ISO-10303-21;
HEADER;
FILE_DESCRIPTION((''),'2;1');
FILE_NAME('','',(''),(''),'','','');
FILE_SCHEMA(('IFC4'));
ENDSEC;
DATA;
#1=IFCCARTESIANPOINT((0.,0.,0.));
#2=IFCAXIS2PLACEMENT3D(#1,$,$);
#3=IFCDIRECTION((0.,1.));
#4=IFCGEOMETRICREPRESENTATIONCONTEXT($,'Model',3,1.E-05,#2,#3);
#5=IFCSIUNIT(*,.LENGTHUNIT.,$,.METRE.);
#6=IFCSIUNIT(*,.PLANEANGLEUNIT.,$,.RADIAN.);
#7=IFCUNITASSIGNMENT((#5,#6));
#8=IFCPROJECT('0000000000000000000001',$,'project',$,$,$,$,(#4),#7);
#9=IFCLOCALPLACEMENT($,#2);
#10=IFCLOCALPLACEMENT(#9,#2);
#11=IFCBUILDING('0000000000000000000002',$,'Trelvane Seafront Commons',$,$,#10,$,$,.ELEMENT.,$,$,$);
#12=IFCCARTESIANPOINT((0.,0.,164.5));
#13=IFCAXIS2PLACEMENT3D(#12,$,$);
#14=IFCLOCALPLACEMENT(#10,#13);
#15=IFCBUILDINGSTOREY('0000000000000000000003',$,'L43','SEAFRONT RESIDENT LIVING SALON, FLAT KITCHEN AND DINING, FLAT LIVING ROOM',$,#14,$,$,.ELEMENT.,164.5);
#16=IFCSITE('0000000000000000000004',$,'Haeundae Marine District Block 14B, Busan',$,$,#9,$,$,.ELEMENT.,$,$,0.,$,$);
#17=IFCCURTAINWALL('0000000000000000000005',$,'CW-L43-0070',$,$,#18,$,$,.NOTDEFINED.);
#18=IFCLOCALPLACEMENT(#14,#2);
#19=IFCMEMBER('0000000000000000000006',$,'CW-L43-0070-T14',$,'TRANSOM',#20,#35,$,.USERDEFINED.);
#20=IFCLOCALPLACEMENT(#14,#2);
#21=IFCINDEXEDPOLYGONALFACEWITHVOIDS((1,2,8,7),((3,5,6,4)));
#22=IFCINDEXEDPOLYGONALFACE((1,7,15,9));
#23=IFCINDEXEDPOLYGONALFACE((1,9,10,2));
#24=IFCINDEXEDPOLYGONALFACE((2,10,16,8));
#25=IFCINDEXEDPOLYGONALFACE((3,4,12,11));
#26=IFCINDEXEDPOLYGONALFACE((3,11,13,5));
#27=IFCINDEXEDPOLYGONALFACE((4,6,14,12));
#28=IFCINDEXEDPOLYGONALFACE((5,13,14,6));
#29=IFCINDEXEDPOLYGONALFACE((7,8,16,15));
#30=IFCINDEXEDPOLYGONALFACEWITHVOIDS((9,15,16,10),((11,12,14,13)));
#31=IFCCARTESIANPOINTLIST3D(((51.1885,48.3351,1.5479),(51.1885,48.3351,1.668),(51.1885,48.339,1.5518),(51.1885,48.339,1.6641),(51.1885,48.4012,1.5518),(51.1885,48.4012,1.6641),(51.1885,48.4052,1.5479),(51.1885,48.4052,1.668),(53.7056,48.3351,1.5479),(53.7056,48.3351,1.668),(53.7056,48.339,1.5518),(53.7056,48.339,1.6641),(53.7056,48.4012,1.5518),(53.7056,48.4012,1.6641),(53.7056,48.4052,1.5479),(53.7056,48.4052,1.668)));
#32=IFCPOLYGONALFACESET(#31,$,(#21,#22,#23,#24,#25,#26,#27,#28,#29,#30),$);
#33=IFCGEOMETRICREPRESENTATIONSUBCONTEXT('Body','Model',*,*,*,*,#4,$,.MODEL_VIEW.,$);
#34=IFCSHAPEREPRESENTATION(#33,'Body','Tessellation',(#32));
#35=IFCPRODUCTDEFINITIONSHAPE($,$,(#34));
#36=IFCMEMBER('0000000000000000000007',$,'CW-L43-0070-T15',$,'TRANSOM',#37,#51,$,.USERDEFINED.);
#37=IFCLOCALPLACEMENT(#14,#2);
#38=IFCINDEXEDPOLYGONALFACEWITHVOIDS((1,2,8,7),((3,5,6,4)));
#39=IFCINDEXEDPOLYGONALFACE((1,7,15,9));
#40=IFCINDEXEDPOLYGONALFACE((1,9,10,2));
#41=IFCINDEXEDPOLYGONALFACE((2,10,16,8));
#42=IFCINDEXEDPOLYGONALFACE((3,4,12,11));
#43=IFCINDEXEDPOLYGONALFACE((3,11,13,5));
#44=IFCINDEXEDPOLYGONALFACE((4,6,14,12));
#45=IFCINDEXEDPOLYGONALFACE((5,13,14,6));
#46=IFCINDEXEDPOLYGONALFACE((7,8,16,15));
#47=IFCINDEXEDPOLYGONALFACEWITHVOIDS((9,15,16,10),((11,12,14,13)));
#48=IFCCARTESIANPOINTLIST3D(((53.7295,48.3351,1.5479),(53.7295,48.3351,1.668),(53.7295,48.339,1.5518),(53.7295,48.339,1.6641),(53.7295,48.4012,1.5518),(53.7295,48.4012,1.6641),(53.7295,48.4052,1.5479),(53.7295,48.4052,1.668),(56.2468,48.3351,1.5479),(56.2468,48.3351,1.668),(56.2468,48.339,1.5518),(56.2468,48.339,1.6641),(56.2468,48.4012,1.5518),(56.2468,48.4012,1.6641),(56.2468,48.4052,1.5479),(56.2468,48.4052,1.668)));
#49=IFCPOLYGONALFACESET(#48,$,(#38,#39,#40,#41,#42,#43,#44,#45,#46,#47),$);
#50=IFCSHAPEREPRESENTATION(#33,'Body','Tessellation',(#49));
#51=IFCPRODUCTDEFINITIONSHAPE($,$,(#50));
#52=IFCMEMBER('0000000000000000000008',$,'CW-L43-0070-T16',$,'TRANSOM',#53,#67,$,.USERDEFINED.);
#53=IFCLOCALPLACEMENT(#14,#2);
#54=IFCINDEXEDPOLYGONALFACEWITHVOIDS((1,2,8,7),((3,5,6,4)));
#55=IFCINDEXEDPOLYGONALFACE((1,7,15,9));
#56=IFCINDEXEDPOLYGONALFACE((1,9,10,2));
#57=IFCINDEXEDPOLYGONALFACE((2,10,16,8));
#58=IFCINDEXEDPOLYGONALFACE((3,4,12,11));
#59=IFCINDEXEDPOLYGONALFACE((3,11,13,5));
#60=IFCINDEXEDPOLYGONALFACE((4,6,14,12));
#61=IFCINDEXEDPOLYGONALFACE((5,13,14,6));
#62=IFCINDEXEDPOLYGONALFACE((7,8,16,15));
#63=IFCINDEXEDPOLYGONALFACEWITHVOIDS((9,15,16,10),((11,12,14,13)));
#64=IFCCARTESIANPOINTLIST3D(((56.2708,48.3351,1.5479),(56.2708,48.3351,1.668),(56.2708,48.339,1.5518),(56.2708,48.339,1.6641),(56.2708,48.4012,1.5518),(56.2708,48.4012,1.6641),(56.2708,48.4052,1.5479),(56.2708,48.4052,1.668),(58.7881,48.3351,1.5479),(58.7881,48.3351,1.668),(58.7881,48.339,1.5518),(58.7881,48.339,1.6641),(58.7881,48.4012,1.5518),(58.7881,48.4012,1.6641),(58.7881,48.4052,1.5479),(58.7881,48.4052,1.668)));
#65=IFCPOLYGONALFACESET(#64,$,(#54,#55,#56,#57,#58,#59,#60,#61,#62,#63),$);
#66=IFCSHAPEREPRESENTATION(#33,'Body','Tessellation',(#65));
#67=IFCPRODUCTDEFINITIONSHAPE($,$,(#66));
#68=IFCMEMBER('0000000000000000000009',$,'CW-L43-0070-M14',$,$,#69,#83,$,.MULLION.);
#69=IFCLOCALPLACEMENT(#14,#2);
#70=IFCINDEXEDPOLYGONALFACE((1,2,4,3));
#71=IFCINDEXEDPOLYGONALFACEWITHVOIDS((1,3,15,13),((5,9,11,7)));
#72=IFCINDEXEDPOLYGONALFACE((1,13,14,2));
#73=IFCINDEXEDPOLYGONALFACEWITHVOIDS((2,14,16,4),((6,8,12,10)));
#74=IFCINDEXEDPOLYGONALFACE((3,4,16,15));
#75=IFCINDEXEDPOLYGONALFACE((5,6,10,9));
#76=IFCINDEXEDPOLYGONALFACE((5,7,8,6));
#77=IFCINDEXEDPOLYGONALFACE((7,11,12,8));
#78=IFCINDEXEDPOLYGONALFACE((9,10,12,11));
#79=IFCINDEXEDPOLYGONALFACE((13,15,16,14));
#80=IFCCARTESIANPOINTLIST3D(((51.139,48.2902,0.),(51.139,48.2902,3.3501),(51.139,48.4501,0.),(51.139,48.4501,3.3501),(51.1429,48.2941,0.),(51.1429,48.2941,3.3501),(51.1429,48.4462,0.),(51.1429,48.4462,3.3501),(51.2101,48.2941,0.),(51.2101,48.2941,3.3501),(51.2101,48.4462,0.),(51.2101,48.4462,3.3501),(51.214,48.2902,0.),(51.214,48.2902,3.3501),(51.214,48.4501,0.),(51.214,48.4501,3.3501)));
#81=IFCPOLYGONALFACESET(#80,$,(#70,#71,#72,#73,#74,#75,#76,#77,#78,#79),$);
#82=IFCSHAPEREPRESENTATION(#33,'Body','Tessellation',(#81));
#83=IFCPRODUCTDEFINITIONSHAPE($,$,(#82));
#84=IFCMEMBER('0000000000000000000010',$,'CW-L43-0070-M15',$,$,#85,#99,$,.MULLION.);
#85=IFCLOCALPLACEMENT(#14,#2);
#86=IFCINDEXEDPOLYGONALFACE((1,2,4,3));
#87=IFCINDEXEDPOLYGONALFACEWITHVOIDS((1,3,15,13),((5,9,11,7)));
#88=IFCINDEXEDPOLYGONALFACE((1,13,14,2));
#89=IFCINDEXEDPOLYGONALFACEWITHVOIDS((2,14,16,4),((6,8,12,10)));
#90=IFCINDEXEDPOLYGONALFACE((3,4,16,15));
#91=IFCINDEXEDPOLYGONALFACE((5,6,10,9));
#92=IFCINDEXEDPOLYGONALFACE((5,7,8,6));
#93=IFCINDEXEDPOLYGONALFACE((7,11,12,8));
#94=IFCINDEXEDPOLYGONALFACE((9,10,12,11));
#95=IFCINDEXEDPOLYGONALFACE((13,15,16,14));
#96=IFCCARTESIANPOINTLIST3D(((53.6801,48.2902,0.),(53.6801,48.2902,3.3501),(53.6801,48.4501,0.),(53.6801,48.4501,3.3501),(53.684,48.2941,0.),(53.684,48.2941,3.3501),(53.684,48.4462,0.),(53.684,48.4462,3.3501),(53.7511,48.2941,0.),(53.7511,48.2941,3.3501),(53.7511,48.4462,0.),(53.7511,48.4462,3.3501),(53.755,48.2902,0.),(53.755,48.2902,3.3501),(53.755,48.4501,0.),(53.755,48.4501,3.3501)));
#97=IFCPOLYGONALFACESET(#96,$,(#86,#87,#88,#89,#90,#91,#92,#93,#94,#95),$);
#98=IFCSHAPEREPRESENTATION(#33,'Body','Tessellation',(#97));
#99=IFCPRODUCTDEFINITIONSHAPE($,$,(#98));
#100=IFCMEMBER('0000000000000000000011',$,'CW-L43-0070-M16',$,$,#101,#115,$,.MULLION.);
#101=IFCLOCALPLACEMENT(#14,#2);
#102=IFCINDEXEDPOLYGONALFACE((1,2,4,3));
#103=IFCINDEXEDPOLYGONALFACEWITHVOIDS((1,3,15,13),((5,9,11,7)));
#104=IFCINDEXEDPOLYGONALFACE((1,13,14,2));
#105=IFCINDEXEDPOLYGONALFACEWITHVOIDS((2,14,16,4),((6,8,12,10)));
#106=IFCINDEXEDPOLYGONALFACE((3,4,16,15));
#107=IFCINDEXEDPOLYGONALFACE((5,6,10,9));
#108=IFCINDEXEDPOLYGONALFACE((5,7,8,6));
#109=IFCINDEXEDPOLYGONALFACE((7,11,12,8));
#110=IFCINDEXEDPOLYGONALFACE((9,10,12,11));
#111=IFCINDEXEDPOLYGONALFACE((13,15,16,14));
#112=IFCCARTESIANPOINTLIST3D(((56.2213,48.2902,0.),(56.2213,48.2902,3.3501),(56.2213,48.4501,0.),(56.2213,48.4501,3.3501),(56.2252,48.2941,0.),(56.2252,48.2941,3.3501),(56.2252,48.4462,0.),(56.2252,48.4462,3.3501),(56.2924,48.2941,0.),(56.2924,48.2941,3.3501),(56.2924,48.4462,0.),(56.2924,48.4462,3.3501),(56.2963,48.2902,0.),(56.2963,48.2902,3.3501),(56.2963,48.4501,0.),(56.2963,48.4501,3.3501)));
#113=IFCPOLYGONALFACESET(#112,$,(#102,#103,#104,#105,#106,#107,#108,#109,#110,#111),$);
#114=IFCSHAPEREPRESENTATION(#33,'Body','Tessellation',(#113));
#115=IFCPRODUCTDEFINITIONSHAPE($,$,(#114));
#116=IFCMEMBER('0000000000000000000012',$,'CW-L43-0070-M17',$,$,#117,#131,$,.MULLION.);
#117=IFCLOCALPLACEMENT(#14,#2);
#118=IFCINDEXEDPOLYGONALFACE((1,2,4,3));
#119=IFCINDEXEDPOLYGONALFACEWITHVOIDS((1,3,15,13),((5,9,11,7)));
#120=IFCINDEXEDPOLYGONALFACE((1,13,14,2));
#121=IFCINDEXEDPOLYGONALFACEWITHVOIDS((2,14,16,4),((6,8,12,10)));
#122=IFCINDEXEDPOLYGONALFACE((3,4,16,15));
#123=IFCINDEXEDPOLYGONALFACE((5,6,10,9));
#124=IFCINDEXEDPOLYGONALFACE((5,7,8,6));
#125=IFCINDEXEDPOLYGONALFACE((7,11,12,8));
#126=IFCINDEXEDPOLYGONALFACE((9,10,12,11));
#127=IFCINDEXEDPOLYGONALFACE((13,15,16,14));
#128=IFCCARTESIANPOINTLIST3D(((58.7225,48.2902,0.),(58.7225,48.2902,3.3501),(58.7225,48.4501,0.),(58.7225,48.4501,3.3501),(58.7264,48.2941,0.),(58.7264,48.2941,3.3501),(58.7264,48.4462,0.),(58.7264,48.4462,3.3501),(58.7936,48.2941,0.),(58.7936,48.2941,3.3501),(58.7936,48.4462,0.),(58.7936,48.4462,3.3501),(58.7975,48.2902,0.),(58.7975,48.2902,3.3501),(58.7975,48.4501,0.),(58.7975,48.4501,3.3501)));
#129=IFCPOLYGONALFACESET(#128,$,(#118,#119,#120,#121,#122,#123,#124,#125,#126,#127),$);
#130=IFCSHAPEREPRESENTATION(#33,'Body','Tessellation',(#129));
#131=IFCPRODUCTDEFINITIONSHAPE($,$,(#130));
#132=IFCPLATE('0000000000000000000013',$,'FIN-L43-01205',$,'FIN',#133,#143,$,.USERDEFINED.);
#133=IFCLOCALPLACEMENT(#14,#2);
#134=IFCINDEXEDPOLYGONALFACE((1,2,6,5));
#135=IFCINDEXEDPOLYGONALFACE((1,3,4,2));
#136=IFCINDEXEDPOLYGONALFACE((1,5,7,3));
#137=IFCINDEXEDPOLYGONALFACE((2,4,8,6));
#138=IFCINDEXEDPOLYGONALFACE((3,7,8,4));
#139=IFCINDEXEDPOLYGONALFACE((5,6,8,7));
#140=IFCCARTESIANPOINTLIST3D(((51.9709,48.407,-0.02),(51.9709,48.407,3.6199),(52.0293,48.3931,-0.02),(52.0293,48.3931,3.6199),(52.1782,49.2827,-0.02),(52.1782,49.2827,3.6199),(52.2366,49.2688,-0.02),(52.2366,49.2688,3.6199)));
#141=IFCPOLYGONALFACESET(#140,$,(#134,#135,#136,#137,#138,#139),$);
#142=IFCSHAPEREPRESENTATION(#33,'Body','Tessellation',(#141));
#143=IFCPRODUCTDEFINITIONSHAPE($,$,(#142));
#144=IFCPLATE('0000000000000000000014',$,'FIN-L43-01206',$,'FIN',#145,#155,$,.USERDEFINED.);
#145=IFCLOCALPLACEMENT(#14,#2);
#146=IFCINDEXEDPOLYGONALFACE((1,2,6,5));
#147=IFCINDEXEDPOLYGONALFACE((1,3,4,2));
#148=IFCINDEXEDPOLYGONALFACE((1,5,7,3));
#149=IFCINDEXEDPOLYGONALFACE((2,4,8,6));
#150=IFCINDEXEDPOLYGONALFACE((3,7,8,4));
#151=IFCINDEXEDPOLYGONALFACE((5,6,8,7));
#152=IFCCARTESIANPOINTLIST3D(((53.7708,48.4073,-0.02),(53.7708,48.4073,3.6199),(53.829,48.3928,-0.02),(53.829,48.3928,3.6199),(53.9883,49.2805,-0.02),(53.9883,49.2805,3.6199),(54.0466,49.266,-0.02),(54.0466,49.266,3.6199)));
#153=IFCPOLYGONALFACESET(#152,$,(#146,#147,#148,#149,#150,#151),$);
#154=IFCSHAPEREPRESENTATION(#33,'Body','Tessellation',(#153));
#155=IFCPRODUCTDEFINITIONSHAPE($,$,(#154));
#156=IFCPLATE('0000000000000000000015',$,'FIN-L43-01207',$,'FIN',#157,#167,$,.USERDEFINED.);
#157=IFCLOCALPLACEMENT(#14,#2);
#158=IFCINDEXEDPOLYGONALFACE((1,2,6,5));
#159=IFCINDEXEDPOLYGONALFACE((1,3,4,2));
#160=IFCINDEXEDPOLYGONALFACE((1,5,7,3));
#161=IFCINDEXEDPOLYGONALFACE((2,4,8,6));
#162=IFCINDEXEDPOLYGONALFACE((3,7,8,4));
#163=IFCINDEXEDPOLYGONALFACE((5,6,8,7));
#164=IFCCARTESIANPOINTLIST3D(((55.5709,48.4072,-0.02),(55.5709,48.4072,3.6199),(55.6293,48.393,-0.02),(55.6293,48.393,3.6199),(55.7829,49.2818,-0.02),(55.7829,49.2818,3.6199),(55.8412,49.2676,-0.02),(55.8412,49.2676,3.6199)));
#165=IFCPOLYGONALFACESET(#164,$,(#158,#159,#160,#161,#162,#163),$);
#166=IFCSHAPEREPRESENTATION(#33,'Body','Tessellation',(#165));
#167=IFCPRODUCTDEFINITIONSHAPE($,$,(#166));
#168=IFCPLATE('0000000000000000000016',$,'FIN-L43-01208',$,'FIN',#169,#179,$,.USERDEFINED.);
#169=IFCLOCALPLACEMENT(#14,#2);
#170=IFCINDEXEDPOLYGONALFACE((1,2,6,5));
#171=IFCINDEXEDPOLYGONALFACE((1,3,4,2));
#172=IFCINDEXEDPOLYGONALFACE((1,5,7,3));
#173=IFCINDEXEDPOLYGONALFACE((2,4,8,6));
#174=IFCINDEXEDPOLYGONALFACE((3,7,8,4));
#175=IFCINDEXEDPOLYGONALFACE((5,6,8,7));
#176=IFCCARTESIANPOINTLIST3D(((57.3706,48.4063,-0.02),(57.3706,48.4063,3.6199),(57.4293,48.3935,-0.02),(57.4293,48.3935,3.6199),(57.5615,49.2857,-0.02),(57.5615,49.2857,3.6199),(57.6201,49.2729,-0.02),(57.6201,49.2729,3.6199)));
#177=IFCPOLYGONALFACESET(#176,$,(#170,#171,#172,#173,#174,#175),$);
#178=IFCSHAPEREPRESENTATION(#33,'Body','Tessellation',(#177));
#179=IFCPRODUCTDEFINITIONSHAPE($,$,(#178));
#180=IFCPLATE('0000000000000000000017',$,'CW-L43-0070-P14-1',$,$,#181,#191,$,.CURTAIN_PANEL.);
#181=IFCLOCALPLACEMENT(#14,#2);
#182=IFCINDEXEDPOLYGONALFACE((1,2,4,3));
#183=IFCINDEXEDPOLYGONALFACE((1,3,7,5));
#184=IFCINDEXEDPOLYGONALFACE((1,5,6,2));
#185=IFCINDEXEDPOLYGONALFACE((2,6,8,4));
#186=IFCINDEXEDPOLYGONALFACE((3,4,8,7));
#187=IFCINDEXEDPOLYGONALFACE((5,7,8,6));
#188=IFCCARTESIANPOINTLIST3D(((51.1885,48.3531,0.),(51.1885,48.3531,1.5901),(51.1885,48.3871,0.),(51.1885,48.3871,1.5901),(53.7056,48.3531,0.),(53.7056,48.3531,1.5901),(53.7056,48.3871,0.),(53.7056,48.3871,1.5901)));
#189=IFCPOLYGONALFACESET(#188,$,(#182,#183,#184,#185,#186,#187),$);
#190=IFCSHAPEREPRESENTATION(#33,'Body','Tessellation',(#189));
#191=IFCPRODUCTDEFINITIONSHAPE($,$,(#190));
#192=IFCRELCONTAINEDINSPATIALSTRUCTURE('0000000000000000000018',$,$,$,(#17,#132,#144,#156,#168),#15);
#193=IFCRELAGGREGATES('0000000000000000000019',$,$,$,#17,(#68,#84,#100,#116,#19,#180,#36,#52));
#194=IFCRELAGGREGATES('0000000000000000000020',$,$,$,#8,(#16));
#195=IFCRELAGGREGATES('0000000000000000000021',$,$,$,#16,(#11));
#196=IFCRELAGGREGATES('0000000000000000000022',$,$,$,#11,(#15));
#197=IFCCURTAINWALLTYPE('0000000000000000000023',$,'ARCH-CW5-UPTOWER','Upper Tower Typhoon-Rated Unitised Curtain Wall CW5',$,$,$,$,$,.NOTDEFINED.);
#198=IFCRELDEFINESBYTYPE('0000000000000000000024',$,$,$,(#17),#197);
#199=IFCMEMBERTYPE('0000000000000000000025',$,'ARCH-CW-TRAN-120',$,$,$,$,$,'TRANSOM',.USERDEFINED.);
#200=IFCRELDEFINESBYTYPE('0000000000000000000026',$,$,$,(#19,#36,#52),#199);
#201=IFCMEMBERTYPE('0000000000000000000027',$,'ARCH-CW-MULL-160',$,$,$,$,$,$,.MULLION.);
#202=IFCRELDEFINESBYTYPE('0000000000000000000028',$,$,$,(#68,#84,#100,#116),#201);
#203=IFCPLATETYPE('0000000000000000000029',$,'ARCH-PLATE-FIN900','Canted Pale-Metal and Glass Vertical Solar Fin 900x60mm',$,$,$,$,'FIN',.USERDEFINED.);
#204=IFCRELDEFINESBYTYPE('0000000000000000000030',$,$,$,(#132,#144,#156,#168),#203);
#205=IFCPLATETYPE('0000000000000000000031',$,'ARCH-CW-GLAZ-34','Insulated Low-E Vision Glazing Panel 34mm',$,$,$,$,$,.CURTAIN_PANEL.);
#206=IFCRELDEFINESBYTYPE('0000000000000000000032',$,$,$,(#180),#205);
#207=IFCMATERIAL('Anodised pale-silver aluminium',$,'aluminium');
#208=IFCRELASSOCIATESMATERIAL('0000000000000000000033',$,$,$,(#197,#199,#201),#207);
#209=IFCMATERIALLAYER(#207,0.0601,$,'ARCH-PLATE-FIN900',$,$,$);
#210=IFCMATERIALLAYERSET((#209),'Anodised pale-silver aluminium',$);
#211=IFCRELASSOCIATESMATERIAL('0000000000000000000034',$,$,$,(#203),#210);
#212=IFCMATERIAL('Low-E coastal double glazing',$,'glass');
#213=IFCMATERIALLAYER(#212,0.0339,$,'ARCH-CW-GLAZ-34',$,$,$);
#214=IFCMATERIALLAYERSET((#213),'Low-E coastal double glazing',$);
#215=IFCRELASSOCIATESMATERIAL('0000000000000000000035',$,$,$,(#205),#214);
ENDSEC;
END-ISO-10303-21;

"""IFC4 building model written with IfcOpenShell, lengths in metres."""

from ifc_helpers import new_model, si_unit, direction, frame, origin, origin_2d, place, context, subcontext, project, spatial, rectangle, hollow_rectangle, extrude, source, transform, mapped, material, layer, layer_set, material_profile, profile_set, type_object, element, aggregate, save


model = new_model("IFC4")

# Units and contexts
model_context = context("Model", 3, precision=1e-05, world=origin(), true_north=direction((0.0, 1.0)))
body_context = subcontext(model_context, "Body", "Model", "MODEL_VIEW")
ifc_project = project(units=[si_unit("LENGTHUNIT", "METRE"), si_unit("PLANEANGLEUNIT", "RADIAN")], contexts=[model_context])

# Site, building, storey
site_placement = place(None, origin())
site = spatial("IfcSite", under=ifc_project, at=site_placement, Name="Haeundae Marine District Block 14B, Busan", CompositionType="ELEMENT", RefElevation=0.0)
building_placement = place(site_placement, origin())
building = spatial("IfcBuilding", under=site, at=building_placement, Name="Trelvane Seafront Commons", CompositionType="ELEMENT")
storey_placement = place(building_placement, frame((0.0, 0.0, 164.5)))
storey = spatial("IfcBuildingStorey", under=building, at=storey_placement, Name="L43", Description="SEAFRONT RESIDENT LIVING SALON, FLAT KITCHEN AND DINING, FLAT LIVING ROOM", CompositionType="ELEMENT", Elevation=164.5)

# Curtain wall, members
ifc_material_1 = material(Name="Anodised pale-silver aluminium", Category="aluminium")
curtain_wall_type = type_object("IfcCurtainWallType", Name="ARCH-CW5-UPTOWER", Description="Upper Tower Typhoon-Rated Unitised Curtain Wall CW5", PredefinedType="NOTDEFINED", material=ifc_material_1)
curtain_wall_placement = place(storey_placement, origin())
curtain_wall = element("IfcCurtainWall", 1, at=curtain_wall_placement, inside=storey, type_object=curtain_wall_type, Name="CW-L43-0070", PredefinedType="NOTDEFINED")
ifc_material_profile_1 = material_profile(ifc_material_1, hollow_rectangle(XDim=0.0701, YDim=0.1201, WallThickness=0.0039, at=origin_2d()), Name="TRAN-70x120x4")
ifc_profile_set_1 = profile_set([ifc_material_profile_1], Name="Anodised pale-silver aluminium")
member_type_1 = type_object("IfcMemberType", Name="ARCH-CW-TRAN-120", ElementType="TRANSOM", PredefinedType="USERDEFINED", material=ifc_profile_set_1)
shared_shape_1 = source(origin(), body_context, "Body", "SweptSolid", [
    extrude(hollow_rectangle(XDim=0.0701, YDim=0.1201, WallThickness=0.0039, at=origin_2d()), origin(), (0.0, 0.0, 1.0), 2.5171),
])
member_1_placement = place(storey_placement, frame((51.1885, 48.3701, 1.6079), z_axis=(1.0, 0.0, 0.0), x_axis=(0.0, 1.0, 0.0)))
member_1 = element("IfcMember", 2, at=member_1_placement, type_object=member_type_1, Name="CW-L43-0070-T14", ObjectType="TRANSOM", PredefinedType="USERDEFINED", context=body_context, shape_type="MappedRepresentation", body=[
    mapped(shared_shape_1, transform((0.0, 0.0, 0.0), x_axis=(1.0, 0.0, 0.0), y_axis=(0.0, 1.0, 0.0), z_axis=(0.0, 0.0, 1.0), scale=1.0)),
])
shared_shape_2 = source(origin(), body_context, "Body", "SweptSolid", [
    extrude(hollow_rectangle(XDim=0.0701, YDim=0.1201, WallThickness=0.0039, at=origin_2d()), origin(), (0.0, 0.0, 1.0), 2.5173),
])
member_2_placement = place(storey_placement, frame((53.7295, 48.3701, 1.6079), z_axis=(1.0, 0.0, 0.0), x_axis=(0.0, 1.0, 0.0)))
member_2 = element("IfcMember", 3, at=member_2_placement, type_object=member_type_1, Name="CW-L43-0070-T15", ObjectType="TRANSOM", PredefinedType="USERDEFINED", context=body_context, shape_type="MappedRepresentation", body=[
    mapped(shared_shape_2, transform((0.0, 0.0, 0.0), x_axis=(1.0, 0.0, 0.0), y_axis=(0.0, 1.0, 0.0), z_axis=(0.0, 0.0, 1.0), scale=1.0)),
])
member_3_placement = place(storey_placement, frame((56.2708, 48.3701, 1.6079), z_axis=(1.0, 0.0, 0.0), x_axis=(0.0, 1.0, 0.0)))
member_3 = element("IfcMember", 4, at=member_3_placement, type_object=member_type_1, Name="CW-L43-0070-T16", ObjectType="TRANSOM", PredefinedType="USERDEFINED", context=body_context, shape_type="MappedRepresentation", body=[
    mapped(shared_shape_2, transform((0.0, 0.0, 0.0), x_axis=(1.0, 0.0, 0.0), y_axis=(0.0, 1.0, 0.0), z_axis=(0.0, 0.0, 1.0), scale=1.0)),
])
ifc_material_profile_2 = material_profile(ifc_material_1, hollow_rectangle(XDim=0.075, YDim=0.1599, WallThickness=0.0039, at=origin_2d()), Name="MULL-75x160x4")
ifc_profile_set_2 = profile_set([ifc_material_profile_2], Name="Anodised pale-silver aluminium")
member_type_2 = type_object("IfcMemberType", Name="ARCH-CW-MULL-160", PredefinedType="MULLION", material=ifc_profile_set_2)
shared_shape_3 = source(origin(), body_context, "Body", "SweptSolid", [
    extrude(hollow_rectangle(XDim=0.075, YDim=0.1599, WallThickness=0.0039, at=origin_2d()), origin(), (0.0, 0.0, 1.0), 3.3501),
])
member_4_placement = place(storey_placement, frame((51.1765, 48.3701, 0.0), z_axis=(0.0, 0.0, 1.0), x_axis=(1.0, 0.0, 0.0)))
member_4 = element("IfcMember", 5, at=member_4_placement, type_object=member_type_2, Name="CW-L43-0070-M14", PredefinedType="MULLION", context=body_context, shape_type="MappedRepresentation", body=[
    mapped(shared_shape_3, transform((0.0, 0.0, 0.0), x_axis=(1.0, 0.0, 0.0), y_axis=(0.0, 1.0, 0.0), z_axis=(0.0, 0.0, 1.0), scale=1.0)),
])
member_5_placement = place(storey_placement, frame((53.7175, 48.3701, 0.0), z_axis=(0.0, 0.0, 1.0), x_axis=(1.0, 0.0, 0.0)))
member_5 = element("IfcMember", 6, at=member_5_placement, type_object=member_type_2, Name="CW-L43-0070-M15", PredefinedType="MULLION", context=body_context, shape_type="MappedRepresentation", body=[
    mapped(shared_shape_3, transform((0.0, 0.0, 0.0), x_axis=(1.0, 0.0, 0.0), y_axis=(0.0, 1.0, 0.0), z_axis=(0.0, 0.0, 1.0), scale=1.0)),
])
member_6_placement = place(storey_placement, frame((56.2588, 48.3701, 0.0), z_axis=(0.0, 0.0, 1.0), x_axis=(1.0, 0.0, 0.0)))
member_6 = element("IfcMember", 7, at=member_6_placement, type_object=member_type_2, Name="CW-L43-0070-M16", PredefinedType="MULLION", context=body_context, shape_type="MappedRepresentation", body=[
    mapped(shared_shape_3, transform((0.0, 0.0, 0.0), x_axis=(1.0, 0.0, 0.0), y_axis=(0.0, 1.0, 0.0), z_axis=(0.0, 0.0, 1.0), scale=1.0)),
])
member_7_placement = place(storey_placement, frame((58.76, 48.3701, 0.0), z_axis=(0.0, 0.0, 1.0), x_axis=(1.0, 0.0, 0.0)))
member_7 = element("IfcMember", 8, at=member_7_placement, type_object=member_type_2, Name="CW-L43-0070-M17", PredefinedType="MULLION", context=body_context, shape_type="MappedRepresentation", body=[
    mapped(shared_shape_3, transform((0.0, 0.0, 0.0), x_axis=(1.0, 0.0, 0.0), y_axis=(0.0, 1.0, 0.0), z_axis=(0.0, 0.0, 1.0), scale=1.0)),
])

# Plates
ifc_layer_1 = layer(ifc_material_1, 0.0601, Name="ARCH-PLATE-FIN900")
ifc_layer_set_1 = layer_set([ifc_layer_1], Name="Anodised pale-silver aluminium")
plate_type_1 = type_object("IfcPlateType", Name="ARCH-PLATE-FIN900", Description="Canted Pale-Metal and Glass Vertical Solar Fin 900x60mm", ElementType="FIN", PredefinedType="USERDEFINED", material=ifc_layer_set_1)
shared_shape_4 = source(origin(), body_context, "Body", "SweptSolid", [
    extrude(rectangle(XDim=0.8999, YDim=0.0601, at=origin_2d()), origin(), (0.0, 0.0, 1.0), 3.6399),
])
for number, where, z_axis, x_axis, name in (
    (9, (52.1038, 48.8379, -0.02), (0.0, 0.0, 1.0), (0.230333, 0.973112, 0.0), "FIN-L43-01205"),
    (10, (53.9087, 48.8367, -0.02), (0.0, 0.0, 1.0), (0.241778, 0.970332, 0.0), "FIN-L43-01206"),
    (11, (55.7061, 48.8374, -0.02), (0.0, 0.0, 1.0), (0.235549, 0.971862, 0.0), "FIN-L43-01207"),
    (12, (57.4954, 48.8396, -0.02), (0.0, 0.0, 1.0), (0.212116, 0.977244, 0.0), "FIN-L43-01208"),
):
    element("IfcPlate", number, at=place(storey_placement, frame(where, z_axis=z_axis, x_axis=x_axis)), inside=storey, type_object=plate_type_1, Name=name, ObjectType="FIN", PredefinedType="USERDEFINED", context=body_context, shape_type="MappedRepresentation", body=[
        mapped(shared_shape_4, transform((0.0, 0.0, 0.0), x_axis=(1.0, 0.0, 0.0), y_axis=(0.0, 1.0, 0.0), z_axis=(0.0, 0.0, 1.0), scale=1.0)),
    ])

# Plate
ifc_material_2 = material(Name="Low-E coastal double glazing", Category="glass")
ifc_layer_2 = layer(ifc_material_2, 0.0339, Name="ARCH-CW-GLAZ-34")
ifc_layer_set_2 = layer_set([ifc_layer_2], Name="Low-E coastal double glazing")
plate_type_2 = type_object("IfcPlateType", Name="ARCH-CW-GLAZ-34", Description="Insulated Low-E Vision Glazing Panel 34mm", PredefinedType="CURTAIN_PANEL", material=ifc_layer_set_2)
shared_shape_5 = source(origin(), body_context, "Body", "SweptSolid", [
    extrude(rectangle(XDim=2.5171, YDim=0.0339, at=origin_2d()), origin(), (0.0, 0.0, 1.0), 1.5901),
])
plate_1_placement = place(storey_placement, frame((52.447, 48.3701, 0.0), z_axis=(0.0, 0.0, 1.0), x_axis=(1.0, 0.0, 0.0)))
plate_1 = element("IfcPlate", 13, at=plate_1_placement, type_object=plate_type_2, Name="CW-L43-0070-P14-1", PredefinedType="CURTAIN_PANEL", context=body_context, shape_type="MappedRepresentation", body=[
    mapped(shared_shape_5, transform((0.0, 0.0, 0.0), x_axis=(1.0, 0.0, 0.0), y_axis=(0.0, 1.0, 0.0), z_axis=(0.0, 0.0, 1.0), scale=1.0)),
])
aggregate(curtain_wall, [member_4, member_5, member_6, member_7, member_1, plate_1, member_2, member_3])

save(model, "model.ifc")
